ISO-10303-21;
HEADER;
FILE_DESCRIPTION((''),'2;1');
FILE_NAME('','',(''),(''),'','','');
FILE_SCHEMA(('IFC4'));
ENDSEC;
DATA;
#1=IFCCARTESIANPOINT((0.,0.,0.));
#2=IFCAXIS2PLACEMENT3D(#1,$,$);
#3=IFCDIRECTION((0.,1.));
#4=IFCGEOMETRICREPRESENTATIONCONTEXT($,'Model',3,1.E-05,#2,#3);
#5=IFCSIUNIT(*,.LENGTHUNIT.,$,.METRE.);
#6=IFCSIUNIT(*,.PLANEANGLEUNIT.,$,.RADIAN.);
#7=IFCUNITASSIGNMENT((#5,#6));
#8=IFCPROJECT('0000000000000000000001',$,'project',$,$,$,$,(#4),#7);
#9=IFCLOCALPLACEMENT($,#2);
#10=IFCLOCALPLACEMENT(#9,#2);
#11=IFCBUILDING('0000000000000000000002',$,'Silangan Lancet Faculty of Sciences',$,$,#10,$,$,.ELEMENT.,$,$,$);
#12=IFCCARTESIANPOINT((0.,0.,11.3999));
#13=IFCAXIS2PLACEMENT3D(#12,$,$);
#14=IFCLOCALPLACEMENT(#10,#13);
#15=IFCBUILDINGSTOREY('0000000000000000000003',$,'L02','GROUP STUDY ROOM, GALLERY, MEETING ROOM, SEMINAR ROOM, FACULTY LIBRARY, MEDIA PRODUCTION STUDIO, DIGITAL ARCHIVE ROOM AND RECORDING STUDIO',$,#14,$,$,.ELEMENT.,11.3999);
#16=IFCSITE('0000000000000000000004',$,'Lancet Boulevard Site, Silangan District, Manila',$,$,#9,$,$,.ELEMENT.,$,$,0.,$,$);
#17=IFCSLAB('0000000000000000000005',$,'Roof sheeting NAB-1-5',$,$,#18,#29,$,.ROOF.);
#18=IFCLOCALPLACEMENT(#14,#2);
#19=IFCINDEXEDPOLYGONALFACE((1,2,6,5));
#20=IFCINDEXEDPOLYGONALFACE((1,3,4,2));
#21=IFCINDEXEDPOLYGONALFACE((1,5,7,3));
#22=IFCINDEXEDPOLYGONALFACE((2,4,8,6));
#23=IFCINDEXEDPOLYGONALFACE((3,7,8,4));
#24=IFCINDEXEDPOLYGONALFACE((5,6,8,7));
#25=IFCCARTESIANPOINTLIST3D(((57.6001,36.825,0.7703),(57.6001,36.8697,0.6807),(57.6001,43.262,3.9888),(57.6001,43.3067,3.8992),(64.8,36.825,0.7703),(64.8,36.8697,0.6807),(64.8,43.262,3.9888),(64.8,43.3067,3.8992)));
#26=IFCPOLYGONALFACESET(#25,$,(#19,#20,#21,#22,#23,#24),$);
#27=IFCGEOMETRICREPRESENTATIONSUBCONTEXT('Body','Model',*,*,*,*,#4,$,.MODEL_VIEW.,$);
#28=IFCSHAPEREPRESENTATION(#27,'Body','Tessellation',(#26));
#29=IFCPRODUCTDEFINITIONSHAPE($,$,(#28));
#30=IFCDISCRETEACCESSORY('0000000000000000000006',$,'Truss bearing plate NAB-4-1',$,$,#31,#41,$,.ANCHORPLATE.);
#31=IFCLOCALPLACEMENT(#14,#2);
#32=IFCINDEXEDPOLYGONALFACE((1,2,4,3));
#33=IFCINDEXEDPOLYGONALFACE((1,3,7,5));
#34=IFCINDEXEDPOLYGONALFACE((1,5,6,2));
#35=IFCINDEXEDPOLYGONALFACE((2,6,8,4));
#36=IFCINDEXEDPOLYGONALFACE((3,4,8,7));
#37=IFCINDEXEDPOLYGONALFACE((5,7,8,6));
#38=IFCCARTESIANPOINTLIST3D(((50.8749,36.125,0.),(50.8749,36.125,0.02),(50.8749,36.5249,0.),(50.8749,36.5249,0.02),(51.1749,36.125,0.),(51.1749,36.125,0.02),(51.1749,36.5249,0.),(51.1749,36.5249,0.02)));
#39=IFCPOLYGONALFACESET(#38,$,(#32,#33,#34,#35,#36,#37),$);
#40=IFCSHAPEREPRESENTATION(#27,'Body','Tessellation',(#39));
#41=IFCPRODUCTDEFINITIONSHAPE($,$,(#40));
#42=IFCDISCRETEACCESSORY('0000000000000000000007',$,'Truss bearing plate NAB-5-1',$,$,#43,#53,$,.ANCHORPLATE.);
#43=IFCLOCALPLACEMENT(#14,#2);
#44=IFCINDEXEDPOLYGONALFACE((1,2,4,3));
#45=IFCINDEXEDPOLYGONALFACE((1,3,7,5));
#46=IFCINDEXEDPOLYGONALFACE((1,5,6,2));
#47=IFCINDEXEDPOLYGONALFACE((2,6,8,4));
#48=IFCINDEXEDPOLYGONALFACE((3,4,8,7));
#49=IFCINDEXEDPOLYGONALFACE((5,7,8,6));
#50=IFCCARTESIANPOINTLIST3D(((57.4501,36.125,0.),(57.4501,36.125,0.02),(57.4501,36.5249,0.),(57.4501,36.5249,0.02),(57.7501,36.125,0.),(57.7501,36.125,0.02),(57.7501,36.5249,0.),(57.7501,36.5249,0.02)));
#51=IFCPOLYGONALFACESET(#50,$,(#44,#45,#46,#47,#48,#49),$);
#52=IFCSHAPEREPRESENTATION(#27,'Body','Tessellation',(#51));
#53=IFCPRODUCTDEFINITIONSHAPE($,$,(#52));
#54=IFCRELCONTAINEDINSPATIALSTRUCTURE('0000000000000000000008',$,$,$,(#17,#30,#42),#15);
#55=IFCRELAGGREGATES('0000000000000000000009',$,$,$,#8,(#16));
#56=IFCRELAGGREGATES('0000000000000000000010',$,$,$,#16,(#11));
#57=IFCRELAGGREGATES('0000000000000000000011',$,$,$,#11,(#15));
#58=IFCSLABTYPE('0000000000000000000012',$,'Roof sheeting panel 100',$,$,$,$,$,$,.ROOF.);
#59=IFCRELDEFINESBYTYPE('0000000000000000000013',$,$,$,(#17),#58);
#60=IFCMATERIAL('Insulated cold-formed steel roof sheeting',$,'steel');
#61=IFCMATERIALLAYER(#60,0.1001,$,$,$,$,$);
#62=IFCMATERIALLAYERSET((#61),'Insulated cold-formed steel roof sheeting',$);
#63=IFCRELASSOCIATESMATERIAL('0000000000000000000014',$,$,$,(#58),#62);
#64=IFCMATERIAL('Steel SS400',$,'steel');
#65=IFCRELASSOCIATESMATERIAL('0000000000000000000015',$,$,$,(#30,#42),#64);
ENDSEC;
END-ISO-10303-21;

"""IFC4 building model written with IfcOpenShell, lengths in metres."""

from ifc_helpers import new_model, si_unit, direction, frame, origin, origin_2d, place, context, subcontext, project, spatial, polyline, rectangle, outline, extrude, material, layer, layer_set, type_object, element, save


model = new_model("IFC4")

# Units and contexts
model_context = context("Model", 3, precision=1e-05, world=origin(), true_north=direction((0.0, 1.0)))
body_context = subcontext(model_context, "Body", "Model", "MODEL_VIEW")
ifc_project = project(units=[si_unit("LENGTHUNIT", "METRE"), si_unit("PLANEANGLEUNIT", "RADIAN")], contexts=[model_context])

# Site, building, storey
site_placement = place(None, origin())
site = spatial("IfcSite", under=ifc_project, at=site_placement, Name="Lancet Boulevard Site, Silangan District, Manila", CompositionType="ELEMENT", RefElevation=0.0)
building_placement = place(site_placement, origin())
building = spatial("IfcBuilding", under=site, at=building_placement, Name="Silangan Lancet Faculty of Sciences", CompositionType="ELEMENT")
storey_placement = place(building_placement, frame((0.0, 0.0, 11.3999)))
storey = spatial("IfcBuildingStorey", under=building, at=storey_placement, Name="L02", Description="GROUP STUDY ROOM, GALLERY, MEETING ROOM, SEMINAR ROOM, FACULTY LIBRARY, MEDIA PRODUCTION STUDIO, DIGITAL ARCHIVE ROOM AND RECORDING STUDIO", CompositionType="ELEMENT", Elevation=11.3999)

# Slab
ifc_material_1 = material(Name="Insulated cold-formed steel roof sheeting", Category="steel")
ifc_layer_1 = layer(ifc_material_1, 0.1001)
ifc_layer_set_1 = layer_set([ifc_layer_1], Name="Insulated cold-formed steel roof sheeting")
slab_type = type_object("IfcSlabType", Name="Roof sheeting panel 100", PredefinedType="ROOF", material=ifc_layer_set_1)
slab_1_placement = place(storey_placement, frame((57.6001, 36.825, 0.7703), z_axis=(0.0, -0.447214, 0.894427), x_axis=(1.0, 0.0, 0.0)))
element("IfcSlab", 1, at=slab_1_placement, inside=storey, type_object=slab_type, Name="Roof sheeting NAB-1-5", PredefinedType="ROOF", context=body_context, shape_type="SweptSolid", body=[
    extrude(outline(polyline([(0.0, 0.0), (7.2, 0.0), (7.2, 7.1968), (0.0, 7.1968), (0.0, 0.0)])), origin(), (0.0, 0.0, -1.0), 0.1001),
])

# Discrete accessories
ifc_material_2 = material(Name="Steel SS400", Category="steel")
for number, where, z_axis, x_axis, name in (
    (2, (51.0249, 36.325, 0.0), (0.0, 0.0, 1.0), (1.0, 0.0, 0.0), "Truss bearing plate NAB-4-1"),
    (3, (57.6001, 36.325, 0.0), (0.0, 0.0, 1.0), (1.0, 0.0, 0.0), "Truss bearing plate NAB-5-1"),
):
    element("IfcDiscreteAccessory", number, at=place(storey_placement, frame(where, z_axis=z_axis, x_axis=x_axis)), inside=storey, material=ifc_material_2, Name=name, PredefinedType="ANCHORPLATE", context=body_context, shape_type="SweptSolid", body=[
        extrude(rectangle(XDim=0.3, YDim=0.3999, at=origin_2d()), origin(), (0.0, 0.0, 1.0), 0.02),
    ])

save(model, "model.ifc")
